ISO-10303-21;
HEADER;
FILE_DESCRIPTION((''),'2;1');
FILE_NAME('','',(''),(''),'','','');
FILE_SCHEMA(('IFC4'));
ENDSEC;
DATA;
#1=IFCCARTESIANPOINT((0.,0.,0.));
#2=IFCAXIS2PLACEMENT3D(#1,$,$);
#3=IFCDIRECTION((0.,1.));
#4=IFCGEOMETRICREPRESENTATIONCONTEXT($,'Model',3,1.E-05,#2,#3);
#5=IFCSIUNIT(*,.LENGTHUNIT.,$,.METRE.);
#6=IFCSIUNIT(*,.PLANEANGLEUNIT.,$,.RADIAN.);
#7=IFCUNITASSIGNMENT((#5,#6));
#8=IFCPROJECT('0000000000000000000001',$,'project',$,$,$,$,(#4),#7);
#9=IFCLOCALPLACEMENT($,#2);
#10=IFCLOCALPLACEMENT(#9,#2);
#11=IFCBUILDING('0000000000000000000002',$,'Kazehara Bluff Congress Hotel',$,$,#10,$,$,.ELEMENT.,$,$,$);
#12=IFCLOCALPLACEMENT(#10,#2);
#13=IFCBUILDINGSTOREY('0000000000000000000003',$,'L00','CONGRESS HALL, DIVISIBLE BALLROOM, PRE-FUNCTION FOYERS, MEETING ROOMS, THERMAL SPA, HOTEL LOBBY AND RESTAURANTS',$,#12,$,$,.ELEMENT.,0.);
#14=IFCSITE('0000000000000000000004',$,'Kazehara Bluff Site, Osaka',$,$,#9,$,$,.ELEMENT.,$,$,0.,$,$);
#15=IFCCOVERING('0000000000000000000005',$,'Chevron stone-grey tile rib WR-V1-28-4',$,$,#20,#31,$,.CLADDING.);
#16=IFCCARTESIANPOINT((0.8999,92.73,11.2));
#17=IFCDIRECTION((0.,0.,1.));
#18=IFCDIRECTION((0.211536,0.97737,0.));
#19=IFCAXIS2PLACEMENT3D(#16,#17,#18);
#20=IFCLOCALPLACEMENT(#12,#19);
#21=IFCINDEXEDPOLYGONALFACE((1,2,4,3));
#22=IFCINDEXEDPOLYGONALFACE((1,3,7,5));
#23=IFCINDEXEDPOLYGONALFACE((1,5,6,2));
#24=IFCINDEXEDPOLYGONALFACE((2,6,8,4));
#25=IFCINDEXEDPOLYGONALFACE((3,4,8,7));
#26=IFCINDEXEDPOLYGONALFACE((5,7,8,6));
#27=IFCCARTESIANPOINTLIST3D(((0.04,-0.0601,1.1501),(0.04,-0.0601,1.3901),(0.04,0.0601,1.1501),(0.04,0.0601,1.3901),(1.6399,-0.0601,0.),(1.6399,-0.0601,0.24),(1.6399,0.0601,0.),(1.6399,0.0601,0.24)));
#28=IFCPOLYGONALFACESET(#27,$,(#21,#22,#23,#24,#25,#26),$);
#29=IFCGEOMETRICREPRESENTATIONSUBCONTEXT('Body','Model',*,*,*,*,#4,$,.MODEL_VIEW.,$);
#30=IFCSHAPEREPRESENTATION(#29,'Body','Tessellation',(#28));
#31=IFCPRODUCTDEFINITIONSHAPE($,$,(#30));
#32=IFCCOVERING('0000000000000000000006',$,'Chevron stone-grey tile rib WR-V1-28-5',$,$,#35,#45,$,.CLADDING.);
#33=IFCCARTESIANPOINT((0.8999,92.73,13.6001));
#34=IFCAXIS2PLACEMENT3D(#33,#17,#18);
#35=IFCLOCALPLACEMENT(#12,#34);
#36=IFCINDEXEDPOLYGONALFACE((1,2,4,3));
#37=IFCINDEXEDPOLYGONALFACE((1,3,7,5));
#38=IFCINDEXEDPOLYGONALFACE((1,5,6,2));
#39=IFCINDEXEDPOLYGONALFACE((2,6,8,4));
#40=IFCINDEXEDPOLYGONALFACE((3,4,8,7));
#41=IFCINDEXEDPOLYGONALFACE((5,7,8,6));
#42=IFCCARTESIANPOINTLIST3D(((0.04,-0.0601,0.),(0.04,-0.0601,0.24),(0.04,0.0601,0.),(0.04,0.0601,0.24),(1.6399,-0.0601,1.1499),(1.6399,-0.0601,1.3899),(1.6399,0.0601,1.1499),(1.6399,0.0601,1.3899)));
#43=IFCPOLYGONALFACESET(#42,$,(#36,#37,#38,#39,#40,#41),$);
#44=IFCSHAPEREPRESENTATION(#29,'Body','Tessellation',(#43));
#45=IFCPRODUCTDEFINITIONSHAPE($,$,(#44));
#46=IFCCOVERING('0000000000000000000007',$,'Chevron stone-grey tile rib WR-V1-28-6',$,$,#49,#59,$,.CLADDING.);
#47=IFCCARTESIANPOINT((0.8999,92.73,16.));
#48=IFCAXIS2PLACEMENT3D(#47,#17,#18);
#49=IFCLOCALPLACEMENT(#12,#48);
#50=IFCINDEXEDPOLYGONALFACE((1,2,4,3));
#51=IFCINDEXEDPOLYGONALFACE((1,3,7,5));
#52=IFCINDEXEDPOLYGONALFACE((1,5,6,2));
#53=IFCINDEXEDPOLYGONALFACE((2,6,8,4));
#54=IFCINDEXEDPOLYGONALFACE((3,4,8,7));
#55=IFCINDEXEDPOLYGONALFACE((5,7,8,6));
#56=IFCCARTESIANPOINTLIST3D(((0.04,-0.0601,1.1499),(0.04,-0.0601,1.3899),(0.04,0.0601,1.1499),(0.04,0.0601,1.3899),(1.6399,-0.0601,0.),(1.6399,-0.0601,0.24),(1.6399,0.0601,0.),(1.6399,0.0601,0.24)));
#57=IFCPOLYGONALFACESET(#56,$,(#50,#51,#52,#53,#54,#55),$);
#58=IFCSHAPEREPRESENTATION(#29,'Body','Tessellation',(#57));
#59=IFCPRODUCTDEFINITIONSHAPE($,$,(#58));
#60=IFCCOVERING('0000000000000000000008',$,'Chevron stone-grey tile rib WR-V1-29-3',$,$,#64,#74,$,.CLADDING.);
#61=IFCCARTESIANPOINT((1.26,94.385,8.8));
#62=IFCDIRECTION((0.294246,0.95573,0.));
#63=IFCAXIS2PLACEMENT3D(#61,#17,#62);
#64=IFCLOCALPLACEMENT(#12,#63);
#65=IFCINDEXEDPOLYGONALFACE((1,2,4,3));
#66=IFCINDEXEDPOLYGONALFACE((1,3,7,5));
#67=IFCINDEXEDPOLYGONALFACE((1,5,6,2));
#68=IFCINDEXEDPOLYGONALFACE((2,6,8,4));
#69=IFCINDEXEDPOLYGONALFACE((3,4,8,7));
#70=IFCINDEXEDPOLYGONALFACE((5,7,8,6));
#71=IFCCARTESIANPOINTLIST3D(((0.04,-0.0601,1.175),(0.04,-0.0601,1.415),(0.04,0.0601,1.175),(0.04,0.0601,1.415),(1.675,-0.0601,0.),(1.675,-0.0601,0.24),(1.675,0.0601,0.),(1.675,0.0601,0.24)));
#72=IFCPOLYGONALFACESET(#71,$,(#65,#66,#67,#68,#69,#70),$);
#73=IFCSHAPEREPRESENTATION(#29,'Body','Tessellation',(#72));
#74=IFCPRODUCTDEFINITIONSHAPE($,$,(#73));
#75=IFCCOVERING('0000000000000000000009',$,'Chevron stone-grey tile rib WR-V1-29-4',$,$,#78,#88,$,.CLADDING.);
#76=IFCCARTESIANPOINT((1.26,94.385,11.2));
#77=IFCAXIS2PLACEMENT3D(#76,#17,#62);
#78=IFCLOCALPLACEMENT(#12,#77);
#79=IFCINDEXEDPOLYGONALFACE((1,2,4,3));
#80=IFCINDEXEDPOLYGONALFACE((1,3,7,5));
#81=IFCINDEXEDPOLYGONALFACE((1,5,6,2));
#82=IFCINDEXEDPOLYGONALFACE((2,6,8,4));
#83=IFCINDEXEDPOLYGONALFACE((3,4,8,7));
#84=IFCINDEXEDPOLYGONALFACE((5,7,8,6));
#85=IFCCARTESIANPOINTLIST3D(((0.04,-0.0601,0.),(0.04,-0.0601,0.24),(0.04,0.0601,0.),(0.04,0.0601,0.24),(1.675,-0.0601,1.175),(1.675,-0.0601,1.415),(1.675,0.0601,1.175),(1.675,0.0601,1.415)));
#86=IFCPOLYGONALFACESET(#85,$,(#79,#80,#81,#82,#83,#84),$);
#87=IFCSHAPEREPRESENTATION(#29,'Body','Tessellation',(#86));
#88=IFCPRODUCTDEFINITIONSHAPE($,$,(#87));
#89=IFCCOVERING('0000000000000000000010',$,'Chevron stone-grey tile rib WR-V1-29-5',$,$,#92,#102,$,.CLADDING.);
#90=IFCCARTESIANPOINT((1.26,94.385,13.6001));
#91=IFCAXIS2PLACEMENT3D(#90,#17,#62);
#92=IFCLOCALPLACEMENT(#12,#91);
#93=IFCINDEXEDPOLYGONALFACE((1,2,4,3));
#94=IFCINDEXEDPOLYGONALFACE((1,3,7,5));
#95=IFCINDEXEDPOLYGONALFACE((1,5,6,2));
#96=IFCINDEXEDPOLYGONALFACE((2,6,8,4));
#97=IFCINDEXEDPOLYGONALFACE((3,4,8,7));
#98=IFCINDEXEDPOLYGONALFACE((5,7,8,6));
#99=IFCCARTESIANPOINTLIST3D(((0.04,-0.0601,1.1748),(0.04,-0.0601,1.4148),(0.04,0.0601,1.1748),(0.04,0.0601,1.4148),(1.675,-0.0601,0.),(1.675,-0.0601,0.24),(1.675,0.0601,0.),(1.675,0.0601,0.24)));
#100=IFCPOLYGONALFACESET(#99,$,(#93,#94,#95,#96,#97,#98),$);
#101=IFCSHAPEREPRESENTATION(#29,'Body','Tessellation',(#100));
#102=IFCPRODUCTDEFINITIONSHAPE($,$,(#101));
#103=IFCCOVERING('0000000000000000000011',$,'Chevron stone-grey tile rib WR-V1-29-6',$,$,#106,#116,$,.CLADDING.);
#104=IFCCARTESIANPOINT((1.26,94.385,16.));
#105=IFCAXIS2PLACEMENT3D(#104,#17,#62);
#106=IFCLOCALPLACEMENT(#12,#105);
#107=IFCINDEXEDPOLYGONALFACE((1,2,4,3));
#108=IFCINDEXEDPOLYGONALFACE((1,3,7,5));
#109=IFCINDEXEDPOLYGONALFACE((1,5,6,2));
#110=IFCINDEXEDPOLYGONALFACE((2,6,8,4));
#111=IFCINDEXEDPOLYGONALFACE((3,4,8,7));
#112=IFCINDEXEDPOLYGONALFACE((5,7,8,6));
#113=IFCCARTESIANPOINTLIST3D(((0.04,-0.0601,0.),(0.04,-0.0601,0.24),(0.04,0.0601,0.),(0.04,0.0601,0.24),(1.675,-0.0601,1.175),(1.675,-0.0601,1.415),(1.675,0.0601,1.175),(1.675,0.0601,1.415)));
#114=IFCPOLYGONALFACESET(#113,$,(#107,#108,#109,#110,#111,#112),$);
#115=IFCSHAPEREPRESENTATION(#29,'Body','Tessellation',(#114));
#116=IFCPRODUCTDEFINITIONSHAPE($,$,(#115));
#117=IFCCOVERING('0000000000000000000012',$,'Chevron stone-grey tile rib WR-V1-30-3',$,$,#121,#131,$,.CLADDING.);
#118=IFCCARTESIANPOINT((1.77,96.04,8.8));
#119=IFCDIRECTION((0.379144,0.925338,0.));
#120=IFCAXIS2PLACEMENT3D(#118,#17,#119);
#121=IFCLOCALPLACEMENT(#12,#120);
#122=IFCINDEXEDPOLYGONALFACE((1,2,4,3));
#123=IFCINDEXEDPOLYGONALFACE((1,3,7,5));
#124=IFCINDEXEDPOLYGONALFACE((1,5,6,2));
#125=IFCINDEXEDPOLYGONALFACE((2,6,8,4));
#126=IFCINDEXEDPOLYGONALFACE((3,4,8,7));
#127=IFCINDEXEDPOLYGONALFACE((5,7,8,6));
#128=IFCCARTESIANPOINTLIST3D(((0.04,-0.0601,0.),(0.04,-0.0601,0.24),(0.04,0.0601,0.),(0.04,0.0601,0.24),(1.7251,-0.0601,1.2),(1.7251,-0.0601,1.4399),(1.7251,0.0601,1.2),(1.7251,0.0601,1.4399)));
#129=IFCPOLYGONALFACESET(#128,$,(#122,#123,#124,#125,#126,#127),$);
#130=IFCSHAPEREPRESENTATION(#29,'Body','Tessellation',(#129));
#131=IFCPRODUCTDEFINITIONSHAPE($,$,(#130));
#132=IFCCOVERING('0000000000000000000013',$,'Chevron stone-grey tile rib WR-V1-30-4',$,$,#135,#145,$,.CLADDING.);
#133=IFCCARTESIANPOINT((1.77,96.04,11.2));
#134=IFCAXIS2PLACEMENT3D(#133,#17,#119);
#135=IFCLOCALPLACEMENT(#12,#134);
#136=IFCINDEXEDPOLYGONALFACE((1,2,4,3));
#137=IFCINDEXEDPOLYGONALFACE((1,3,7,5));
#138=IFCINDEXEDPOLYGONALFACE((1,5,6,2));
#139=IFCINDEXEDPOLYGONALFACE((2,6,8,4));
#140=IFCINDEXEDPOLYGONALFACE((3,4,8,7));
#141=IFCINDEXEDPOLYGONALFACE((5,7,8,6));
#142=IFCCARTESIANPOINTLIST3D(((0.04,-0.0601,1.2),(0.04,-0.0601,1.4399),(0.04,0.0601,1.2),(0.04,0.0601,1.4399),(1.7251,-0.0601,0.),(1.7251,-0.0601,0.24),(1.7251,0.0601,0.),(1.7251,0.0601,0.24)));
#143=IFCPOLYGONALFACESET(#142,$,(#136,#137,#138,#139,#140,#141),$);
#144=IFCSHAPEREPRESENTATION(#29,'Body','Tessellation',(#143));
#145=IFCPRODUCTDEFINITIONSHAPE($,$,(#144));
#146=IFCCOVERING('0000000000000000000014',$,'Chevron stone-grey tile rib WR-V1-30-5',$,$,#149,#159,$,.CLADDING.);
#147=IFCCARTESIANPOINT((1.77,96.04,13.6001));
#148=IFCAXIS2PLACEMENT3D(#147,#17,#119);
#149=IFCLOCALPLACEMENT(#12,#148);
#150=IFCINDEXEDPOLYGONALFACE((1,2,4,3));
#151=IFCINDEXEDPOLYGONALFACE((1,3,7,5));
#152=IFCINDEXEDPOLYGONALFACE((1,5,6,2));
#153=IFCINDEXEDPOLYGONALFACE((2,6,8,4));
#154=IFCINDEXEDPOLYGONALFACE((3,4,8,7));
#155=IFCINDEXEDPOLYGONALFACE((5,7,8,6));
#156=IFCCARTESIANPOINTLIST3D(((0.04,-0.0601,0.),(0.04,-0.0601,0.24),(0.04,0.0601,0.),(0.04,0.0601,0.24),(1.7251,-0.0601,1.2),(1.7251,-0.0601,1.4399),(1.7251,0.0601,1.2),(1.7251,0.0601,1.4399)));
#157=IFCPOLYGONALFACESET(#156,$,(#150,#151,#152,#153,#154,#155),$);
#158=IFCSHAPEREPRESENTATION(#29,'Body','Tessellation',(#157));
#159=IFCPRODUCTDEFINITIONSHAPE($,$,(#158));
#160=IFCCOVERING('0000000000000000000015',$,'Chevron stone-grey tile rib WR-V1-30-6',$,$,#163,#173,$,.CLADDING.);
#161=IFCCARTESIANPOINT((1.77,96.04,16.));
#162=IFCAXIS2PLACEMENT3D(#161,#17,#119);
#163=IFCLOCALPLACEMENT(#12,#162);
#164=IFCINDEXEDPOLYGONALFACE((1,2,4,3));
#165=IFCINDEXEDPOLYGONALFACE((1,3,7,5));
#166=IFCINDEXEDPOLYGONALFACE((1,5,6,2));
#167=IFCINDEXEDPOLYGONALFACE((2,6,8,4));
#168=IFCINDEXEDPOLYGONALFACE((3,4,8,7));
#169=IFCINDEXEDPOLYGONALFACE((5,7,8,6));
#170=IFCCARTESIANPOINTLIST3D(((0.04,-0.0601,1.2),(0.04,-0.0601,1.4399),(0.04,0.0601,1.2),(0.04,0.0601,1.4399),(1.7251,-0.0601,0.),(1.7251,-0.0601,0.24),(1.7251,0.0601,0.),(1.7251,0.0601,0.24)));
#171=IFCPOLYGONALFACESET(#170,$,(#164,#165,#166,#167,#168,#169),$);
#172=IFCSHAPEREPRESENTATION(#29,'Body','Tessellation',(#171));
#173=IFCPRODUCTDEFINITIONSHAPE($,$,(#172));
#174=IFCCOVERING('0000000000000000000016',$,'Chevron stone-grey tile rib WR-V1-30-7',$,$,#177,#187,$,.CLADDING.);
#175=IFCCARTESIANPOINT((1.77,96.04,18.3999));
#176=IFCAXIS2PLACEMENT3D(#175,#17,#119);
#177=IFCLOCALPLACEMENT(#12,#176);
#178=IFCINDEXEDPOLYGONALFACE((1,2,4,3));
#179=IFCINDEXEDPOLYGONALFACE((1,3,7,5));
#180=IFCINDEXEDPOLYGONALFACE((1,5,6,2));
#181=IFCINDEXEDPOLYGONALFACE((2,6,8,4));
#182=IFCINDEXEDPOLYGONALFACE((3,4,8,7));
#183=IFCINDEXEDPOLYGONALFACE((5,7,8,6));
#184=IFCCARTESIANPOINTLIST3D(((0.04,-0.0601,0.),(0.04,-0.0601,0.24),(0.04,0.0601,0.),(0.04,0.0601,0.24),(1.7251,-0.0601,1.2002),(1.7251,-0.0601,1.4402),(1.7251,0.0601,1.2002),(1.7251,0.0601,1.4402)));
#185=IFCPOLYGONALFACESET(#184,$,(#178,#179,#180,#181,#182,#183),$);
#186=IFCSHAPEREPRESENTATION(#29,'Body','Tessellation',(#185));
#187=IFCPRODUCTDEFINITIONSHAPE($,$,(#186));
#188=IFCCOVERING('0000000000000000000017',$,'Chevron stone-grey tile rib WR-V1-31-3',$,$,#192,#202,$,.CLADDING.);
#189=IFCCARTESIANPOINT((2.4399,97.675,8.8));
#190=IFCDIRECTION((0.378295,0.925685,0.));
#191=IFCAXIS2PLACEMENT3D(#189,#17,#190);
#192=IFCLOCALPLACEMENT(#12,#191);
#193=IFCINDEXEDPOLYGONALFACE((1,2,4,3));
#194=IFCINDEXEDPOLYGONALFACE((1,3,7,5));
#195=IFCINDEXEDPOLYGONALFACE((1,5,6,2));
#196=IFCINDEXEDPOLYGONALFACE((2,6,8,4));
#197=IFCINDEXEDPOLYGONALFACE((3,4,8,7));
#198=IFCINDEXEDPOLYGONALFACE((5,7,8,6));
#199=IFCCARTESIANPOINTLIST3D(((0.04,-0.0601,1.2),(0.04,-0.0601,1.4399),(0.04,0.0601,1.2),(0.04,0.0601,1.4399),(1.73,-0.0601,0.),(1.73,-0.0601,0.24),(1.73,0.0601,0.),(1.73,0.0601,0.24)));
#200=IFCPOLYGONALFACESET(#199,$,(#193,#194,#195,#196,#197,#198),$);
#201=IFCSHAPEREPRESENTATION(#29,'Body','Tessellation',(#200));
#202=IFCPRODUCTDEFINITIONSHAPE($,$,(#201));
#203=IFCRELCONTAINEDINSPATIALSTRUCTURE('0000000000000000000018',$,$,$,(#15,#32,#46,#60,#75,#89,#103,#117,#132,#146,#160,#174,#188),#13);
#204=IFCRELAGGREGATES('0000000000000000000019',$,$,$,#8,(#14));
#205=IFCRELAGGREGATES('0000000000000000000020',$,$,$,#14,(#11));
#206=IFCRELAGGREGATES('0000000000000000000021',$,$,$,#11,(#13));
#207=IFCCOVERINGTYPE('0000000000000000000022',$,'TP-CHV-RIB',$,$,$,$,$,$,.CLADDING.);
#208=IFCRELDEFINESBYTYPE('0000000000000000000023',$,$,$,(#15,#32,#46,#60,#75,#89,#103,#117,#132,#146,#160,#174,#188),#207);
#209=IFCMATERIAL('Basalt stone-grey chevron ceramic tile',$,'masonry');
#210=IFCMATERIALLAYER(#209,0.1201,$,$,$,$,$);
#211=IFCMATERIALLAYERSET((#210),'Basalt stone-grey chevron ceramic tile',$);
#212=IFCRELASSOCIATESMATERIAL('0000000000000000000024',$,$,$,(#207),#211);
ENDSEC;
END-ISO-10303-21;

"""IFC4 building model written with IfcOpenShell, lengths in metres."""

from ifc_helpers import new_model, si_unit, direction, frame, origin, place, context, subcontext, project, spatial, polyline, outline, extrude, material, layer, layer_set, type_object, element, save


model = new_model("IFC4")

# Units and contexts
model_context = context("Model", 3, precision=1e-05, world=origin(), true_north=direction((0.0, 1.0)))
body_context = subcontext(model_context, "Body", "Model", "MODEL_VIEW")
ifc_project = project(units=[si_unit("LENGTHUNIT", "METRE"), si_unit("PLANEANGLEUNIT", "RADIAN")], contexts=[model_context])

# Site, building, storey
site_placement = place(None, origin())
site = spatial("IfcSite", under=ifc_project, at=site_placement, Name="Kazehara Bluff Site, Osaka", CompositionType="ELEMENT", RefElevation=0.0)
building_placement = place(site_placement, origin())
building = spatial("IfcBuilding", under=site, at=building_placement, Name="Kazehara Bluff Congress Hotel", CompositionType="ELEMENT")
storey_placement = place(building_placement, origin())
storey = spatial("IfcBuildingStorey", under=building, at=storey_placement, Name="L00", Description="CONGRESS HALL, DIVISIBLE BALLROOM, PRE-FUNCTION FOYERS, MEETING ROOMS, THERMAL SPA, HOTEL LOBBY AND RESTAURANTS", CompositionType="ELEMENT", Elevation=0.0)

# Coverings
ifc_material = material(Name="Basalt stone-grey chevron ceramic tile", Category="masonry")
ifc_layer = layer(ifc_material, 0.1201)
ifc_layer_set = layer_set([ifc_layer], Name="Basalt stone-grey chevron ceramic tile")
covering_type = type_object("IfcCoveringType", Name="TP-CHV-RIB", PredefinedType="CLADDING", material=ifc_layer_set)
covering_1_placement = place(storey_placement, frame((0.8999, 92.73, 11.2), z_axis=(0.0, 0.0, 1.0), x_axis=(0.211536, 0.97737, 0.0)))
element("IfcCovering", 1, at=covering_1_placement, inside=storey, type_object=covering_type, Name="Chevron stone-grey tile rib WR-V1-28-4", PredefinedType="CLADDING", context=body_context, shape_type="SweptSolid", body=[
    extrude(outline(polyline([(0.04, 1.1501), (1.6399, 0.0), (1.6399, 0.24), (0.04, 1.3901), (0.04, 1.1501)])), frame((0.0, 0.0601, 0.0), z_axis=(0.0, -1.0, 0.0), x_axis=(1.0, 0.0, 0.0)), (0.0, 0.0, 1.0), 0.1201),
])
covering_2_placement = place(storey_placement, frame((0.8999, 92.73, 13.6001), z_axis=(0.0, 0.0, 1.0), x_axis=(0.211536, 0.97737, 0.0)))
element("IfcCovering", 2, at=covering_2_placement, inside=storey, type_object=covering_type, Name="Chevron stone-grey tile rib WR-V1-28-5", PredefinedType="CLADDING", context=body_context, shape_type="SweptSolid", body=[
    extrude(outline(polyline([(0.04, 0.0), (1.6399, 1.1499), (1.6399, 1.3899), (0.04, 0.24), (0.04, 0.0)])), frame((0.0, 0.0601, 0.0), z_axis=(0.0, -1.0, 0.0), x_axis=(1.0, 0.0, 0.0)), (0.0, 0.0, 1.0), 0.1201),
])
covering_3_placement = place(storey_placement, frame((0.8999, 92.73, 16.0), z_axis=(0.0, 0.0, 1.0), x_axis=(0.211536, 0.97737, 0.0)))
element("IfcCovering", 3, at=covering_3_placement, inside=storey, type_object=covering_type, Name="Chevron stone-grey tile rib WR-V1-28-6", PredefinedType="CLADDING", context=body_context, shape_type="SweptSolid", body=[
    extrude(outline(polyline([(0.04, 1.1499), (1.6399, 0.0), (1.6399, 0.24), (0.04, 1.3899), (0.04, 1.1499)])), frame((0.0, 0.0601, 0.0), z_axis=(0.0, -1.0, 0.0), x_axis=(1.0, 0.0, 0.0)), (0.0, 0.0, 1.0), 0.1201),
])
covering_4_placement = place(storey_placement, frame((1.26, 94.385, 8.8), z_axis=(0.0, 0.0, 1.0), x_axis=(0.294246, 0.95573, 0.0)))
element("IfcCovering", 4, at=covering_4_placement, inside=storey, type_object=covering_type, Name="Chevron stone-grey tile rib WR-V1-29-3", PredefinedType="CLADDING", context=body_context, shape_type="SweptSolid", body=[
    extrude(outline(polyline([(0.04, 1.175), (1.675, 0.0), (1.675, 0.24), (0.04, 1.415), (0.04, 1.175)])), frame((0.0, 0.0601, 0.0), z_axis=(0.0, -1.0, 0.0), x_axis=(1.0, 0.0, 0.0)), (0.0, 0.0, 1.0), 0.1201),
])
covering_5_placement = place(storey_placement, frame((1.26, 94.385, 11.2), z_axis=(0.0, 0.0, 1.0), x_axis=(0.294246, 0.95573, 0.0)))
element("IfcCovering", 5, at=covering_5_placement, inside=storey, type_object=covering_type, Name="Chevron stone-grey tile rib WR-V1-29-4", PredefinedType="CLADDING", context=body_context, shape_type="SweptSolid", body=[
    extrude(outline(polyline([(0.04, 0.0), (1.675, 1.175), (1.675, 1.415), (0.04, 0.24), (0.04, 0.0)])), frame((0.0, 0.0601, 0.0), z_axis=(0.0, -1.0, 0.0), x_axis=(1.0, 0.0, 0.0)), (0.0, 0.0, 1.0), 0.1201),
])
covering_6_placement = place(storey_placement, frame((1.26, 94.385, 13.6001), z_axis=(0.0, 0.0, 1.0), x_axis=(0.294246, 0.95573, 0.0)))
element("IfcCovering", 6, at=covering_6_placement, inside=storey, type_object=covering_type, Name="Chevron stone-grey tile rib WR-V1-29-5", PredefinedType="CLADDING", context=body_context, shape_type="SweptSolid", body=[
    extrude(outline(polyline([(0.04, 1.1748), (1.675, 0.0), (1.675, 0.24), (0.04, 1.4148), (0.04, 1.1748)])), frame((0.0, 0.0601, 0.0), z_axis=(0.0, -1.0, 0.0), x_axis=(1.0, 0.0, 0.0)), (0.0, 0.0, 1.0), 0.1201),
])
covering_7_placement = place(storey_placement, frame((1.26, 94.385, 16.0), z_axis=(0.0, 0.0, 1.0), x_axis=(0.294246, 0.95573, 0.0)))
element("IfcCovering", 7, at=covering_7_placement, inside=storey, type_object=covering_type, Name="Chevron stone-grey tile rib WR-V1-29-6", PredefinedType="CLADDING", context=body_context, shape_type="SweptSolid", body=[
    extrude(outline(polyline([(0.04, 0.0), (1.675, 1.175), (1.675, 1.415), (0.04, 0.24), (0.04, 0.0)])), frame((0.0, 0.0601, 0.0), z_axis=(0.0, -1.0, 0.0), x_axis=(1.0, 0.0, 0.0)), (0.0, 0.0, 1.0), 0.1201),
])
covering_8_placement = place(storey_placement, frame((1.77, 96.04, 8.8), z_axis=(0.0, 0.0, 1.0), x_axis=(0.379144, 0.925338, 0.0)))
element("IfcCovering", 8, at=covering_8_placement, inside=storey, type_object=covering_type, Name="Chevron stone-grey tile rib WR-V1-30-3", PredefinedType="CLADDING", context=body_context, shape_type="SweptSolid", body=[
    extrude(outline(polyline([(0.04, 0.0), (1.7251, 1.2), (1.7251, 1.4399), (0.04, 0.24), (0.04, 0.0)])), frame((0.0, 0.0601, 0.0), z_axis=(0.0, -1.0, 0.0), x_axis=(1.0, 0.0, 0.0)), (0.0, 0.0, 1.0), 0.1201),
])
covering_9_placement = place(storey_placement, frame((1.77, 96.04, 11.2), z_axis=(0.0, 0.0, 1.0), x_axis=(0.379144, 0.925338, 0.0)))
element("IfcCovering", 9, at=covering_9_placement, inside=storey, type_object=covering_type, Name="Chevron stone-grey tile rib WR-V1-30-4", PredefinedType="CLADDING", context=body_context, shape_type="SweptSolid", body=[
    extrude(outline(polyline([(0.04, 1.2), (1.7251, 0.0), (1.7251, 0.24), (0.04, 1.4399), (0.04, 1.2)])), frame((0.0, 0.0601, 0.0), z_axis=(0.0, -1.0, 0.0), x_axis=(1.0, 0.0, 0.0)), (0.0, 0.0, 1.0), 0.1201),
])
covering_10_placement = place(storey_placement, frame((1.77, 96.04, 13.6001), z_axis=(0.0, 0.0, 1.0), x_axis=(0.379144, 0.925338, 0.0)))
element("IfcCovering", 10, at=covering_10_placement, inside=storey, type_object=covering_type, Name="Chevron stone-grey tile rib WR-V1-30-5", PredefinedType="CLADDING", context=body_context, shape_type="SweptSolid", body=[
    extrude(outline(polyline([(0.04, 0.0), (1.7251, 1.2), (1.7251, 1.4399), (0.04, 0.24), (0.04, 0.0)])), frame((0.0, 0.0601, 0.0), z_axis=(0.0, -1.0, 0.0), x_axis=(1.0, 0.0, 0.0)), (0.0, 0.0, 1.0), 0.1201),
])
covering_11_placement = place(storey_placement, frame((1.77, 96.04, 16.0), z_axis=(0.0, 0.0, 1.0), x_axis=(0.379144, 0.925338, 0.0)))
element("IfcCovering", 11, at=covering_11_placement, inside=storey, type_object=covering_type, Name="Chevron stone-grey tile rib WR-V1-30-6", PredefinedType="CLADDING", context=body_context, shape_type="SweptSolid", body=[
    extrude(outline(polyline([(0.04, 1.2), (1.7251, 0.0), (1.7251, 0.24), (0.04, 1.4399), (0.04, 1.2)])), frame((0.0, 0.0601, 0.0), z_axis=(0.0, -1.0, 0.0), x_axis=(1.0, 0.0, 0.0)), (0.0, 0.0, 1.0), 0.1201),
])
covering_12_placement = place(storey_placement, frame((1.77, 96.04, 18.3999), z_axis=(0.0, 0.0, 1.0), x_axis=(0.379144, 0.925338, 0.0)))
element("IfcCovering", 12, at=covering_12_placement, inside=storey, type_object=covering_type, Name="Chevron stone-grey tile rib WR-V1-30-7", PredefinedType="CLADDING", context=body_context, shape_type="SweptSolid", body=[
    extrude(outline(polyline([(0.04, 0.0), (1.7251, 1.2002), (1.7251, 1.4402), (0.04, 0.24), (0.04, 0.0)])), frame((0.0, 0.0601, 0.0), z_axis=(0.0, -1.0, 0.0), x_axis=(1.0, 0.0, 0.0)), (0.0, 0.0, 1.0), 0.1201),
])
covering_13_placement = place(storey_placement, frame((2.4399, 97.675, 8.8), z_axis=(0.0, 0.0, 1.0), x_axis=(0.378295, 0.925685, 0.0)))
element("IfcCovering", 13, at=covering_13_placement, inside=storey, type_object=covering_type, Name="Chevron stone-grey tile rib WR-V1-31-3", PredefinedType="CLADDING", context=body_context, shape_type="SweptSolid", body=[
    extrude(outline(polyline([(0.04, 1.2), (1.73, 0.0), (1.73, 0.24), (0.04, 1.4399), (0.04, 1.2)])), frame((0.0, 0.0601, 0.0), z_axis=(0.0, -1.0, 0.0), x_axis=(1.0, 0.0, 0.0)), (0.0, 0.0, 1.0), 0.1201),
])

save(model, "model.ifc")
